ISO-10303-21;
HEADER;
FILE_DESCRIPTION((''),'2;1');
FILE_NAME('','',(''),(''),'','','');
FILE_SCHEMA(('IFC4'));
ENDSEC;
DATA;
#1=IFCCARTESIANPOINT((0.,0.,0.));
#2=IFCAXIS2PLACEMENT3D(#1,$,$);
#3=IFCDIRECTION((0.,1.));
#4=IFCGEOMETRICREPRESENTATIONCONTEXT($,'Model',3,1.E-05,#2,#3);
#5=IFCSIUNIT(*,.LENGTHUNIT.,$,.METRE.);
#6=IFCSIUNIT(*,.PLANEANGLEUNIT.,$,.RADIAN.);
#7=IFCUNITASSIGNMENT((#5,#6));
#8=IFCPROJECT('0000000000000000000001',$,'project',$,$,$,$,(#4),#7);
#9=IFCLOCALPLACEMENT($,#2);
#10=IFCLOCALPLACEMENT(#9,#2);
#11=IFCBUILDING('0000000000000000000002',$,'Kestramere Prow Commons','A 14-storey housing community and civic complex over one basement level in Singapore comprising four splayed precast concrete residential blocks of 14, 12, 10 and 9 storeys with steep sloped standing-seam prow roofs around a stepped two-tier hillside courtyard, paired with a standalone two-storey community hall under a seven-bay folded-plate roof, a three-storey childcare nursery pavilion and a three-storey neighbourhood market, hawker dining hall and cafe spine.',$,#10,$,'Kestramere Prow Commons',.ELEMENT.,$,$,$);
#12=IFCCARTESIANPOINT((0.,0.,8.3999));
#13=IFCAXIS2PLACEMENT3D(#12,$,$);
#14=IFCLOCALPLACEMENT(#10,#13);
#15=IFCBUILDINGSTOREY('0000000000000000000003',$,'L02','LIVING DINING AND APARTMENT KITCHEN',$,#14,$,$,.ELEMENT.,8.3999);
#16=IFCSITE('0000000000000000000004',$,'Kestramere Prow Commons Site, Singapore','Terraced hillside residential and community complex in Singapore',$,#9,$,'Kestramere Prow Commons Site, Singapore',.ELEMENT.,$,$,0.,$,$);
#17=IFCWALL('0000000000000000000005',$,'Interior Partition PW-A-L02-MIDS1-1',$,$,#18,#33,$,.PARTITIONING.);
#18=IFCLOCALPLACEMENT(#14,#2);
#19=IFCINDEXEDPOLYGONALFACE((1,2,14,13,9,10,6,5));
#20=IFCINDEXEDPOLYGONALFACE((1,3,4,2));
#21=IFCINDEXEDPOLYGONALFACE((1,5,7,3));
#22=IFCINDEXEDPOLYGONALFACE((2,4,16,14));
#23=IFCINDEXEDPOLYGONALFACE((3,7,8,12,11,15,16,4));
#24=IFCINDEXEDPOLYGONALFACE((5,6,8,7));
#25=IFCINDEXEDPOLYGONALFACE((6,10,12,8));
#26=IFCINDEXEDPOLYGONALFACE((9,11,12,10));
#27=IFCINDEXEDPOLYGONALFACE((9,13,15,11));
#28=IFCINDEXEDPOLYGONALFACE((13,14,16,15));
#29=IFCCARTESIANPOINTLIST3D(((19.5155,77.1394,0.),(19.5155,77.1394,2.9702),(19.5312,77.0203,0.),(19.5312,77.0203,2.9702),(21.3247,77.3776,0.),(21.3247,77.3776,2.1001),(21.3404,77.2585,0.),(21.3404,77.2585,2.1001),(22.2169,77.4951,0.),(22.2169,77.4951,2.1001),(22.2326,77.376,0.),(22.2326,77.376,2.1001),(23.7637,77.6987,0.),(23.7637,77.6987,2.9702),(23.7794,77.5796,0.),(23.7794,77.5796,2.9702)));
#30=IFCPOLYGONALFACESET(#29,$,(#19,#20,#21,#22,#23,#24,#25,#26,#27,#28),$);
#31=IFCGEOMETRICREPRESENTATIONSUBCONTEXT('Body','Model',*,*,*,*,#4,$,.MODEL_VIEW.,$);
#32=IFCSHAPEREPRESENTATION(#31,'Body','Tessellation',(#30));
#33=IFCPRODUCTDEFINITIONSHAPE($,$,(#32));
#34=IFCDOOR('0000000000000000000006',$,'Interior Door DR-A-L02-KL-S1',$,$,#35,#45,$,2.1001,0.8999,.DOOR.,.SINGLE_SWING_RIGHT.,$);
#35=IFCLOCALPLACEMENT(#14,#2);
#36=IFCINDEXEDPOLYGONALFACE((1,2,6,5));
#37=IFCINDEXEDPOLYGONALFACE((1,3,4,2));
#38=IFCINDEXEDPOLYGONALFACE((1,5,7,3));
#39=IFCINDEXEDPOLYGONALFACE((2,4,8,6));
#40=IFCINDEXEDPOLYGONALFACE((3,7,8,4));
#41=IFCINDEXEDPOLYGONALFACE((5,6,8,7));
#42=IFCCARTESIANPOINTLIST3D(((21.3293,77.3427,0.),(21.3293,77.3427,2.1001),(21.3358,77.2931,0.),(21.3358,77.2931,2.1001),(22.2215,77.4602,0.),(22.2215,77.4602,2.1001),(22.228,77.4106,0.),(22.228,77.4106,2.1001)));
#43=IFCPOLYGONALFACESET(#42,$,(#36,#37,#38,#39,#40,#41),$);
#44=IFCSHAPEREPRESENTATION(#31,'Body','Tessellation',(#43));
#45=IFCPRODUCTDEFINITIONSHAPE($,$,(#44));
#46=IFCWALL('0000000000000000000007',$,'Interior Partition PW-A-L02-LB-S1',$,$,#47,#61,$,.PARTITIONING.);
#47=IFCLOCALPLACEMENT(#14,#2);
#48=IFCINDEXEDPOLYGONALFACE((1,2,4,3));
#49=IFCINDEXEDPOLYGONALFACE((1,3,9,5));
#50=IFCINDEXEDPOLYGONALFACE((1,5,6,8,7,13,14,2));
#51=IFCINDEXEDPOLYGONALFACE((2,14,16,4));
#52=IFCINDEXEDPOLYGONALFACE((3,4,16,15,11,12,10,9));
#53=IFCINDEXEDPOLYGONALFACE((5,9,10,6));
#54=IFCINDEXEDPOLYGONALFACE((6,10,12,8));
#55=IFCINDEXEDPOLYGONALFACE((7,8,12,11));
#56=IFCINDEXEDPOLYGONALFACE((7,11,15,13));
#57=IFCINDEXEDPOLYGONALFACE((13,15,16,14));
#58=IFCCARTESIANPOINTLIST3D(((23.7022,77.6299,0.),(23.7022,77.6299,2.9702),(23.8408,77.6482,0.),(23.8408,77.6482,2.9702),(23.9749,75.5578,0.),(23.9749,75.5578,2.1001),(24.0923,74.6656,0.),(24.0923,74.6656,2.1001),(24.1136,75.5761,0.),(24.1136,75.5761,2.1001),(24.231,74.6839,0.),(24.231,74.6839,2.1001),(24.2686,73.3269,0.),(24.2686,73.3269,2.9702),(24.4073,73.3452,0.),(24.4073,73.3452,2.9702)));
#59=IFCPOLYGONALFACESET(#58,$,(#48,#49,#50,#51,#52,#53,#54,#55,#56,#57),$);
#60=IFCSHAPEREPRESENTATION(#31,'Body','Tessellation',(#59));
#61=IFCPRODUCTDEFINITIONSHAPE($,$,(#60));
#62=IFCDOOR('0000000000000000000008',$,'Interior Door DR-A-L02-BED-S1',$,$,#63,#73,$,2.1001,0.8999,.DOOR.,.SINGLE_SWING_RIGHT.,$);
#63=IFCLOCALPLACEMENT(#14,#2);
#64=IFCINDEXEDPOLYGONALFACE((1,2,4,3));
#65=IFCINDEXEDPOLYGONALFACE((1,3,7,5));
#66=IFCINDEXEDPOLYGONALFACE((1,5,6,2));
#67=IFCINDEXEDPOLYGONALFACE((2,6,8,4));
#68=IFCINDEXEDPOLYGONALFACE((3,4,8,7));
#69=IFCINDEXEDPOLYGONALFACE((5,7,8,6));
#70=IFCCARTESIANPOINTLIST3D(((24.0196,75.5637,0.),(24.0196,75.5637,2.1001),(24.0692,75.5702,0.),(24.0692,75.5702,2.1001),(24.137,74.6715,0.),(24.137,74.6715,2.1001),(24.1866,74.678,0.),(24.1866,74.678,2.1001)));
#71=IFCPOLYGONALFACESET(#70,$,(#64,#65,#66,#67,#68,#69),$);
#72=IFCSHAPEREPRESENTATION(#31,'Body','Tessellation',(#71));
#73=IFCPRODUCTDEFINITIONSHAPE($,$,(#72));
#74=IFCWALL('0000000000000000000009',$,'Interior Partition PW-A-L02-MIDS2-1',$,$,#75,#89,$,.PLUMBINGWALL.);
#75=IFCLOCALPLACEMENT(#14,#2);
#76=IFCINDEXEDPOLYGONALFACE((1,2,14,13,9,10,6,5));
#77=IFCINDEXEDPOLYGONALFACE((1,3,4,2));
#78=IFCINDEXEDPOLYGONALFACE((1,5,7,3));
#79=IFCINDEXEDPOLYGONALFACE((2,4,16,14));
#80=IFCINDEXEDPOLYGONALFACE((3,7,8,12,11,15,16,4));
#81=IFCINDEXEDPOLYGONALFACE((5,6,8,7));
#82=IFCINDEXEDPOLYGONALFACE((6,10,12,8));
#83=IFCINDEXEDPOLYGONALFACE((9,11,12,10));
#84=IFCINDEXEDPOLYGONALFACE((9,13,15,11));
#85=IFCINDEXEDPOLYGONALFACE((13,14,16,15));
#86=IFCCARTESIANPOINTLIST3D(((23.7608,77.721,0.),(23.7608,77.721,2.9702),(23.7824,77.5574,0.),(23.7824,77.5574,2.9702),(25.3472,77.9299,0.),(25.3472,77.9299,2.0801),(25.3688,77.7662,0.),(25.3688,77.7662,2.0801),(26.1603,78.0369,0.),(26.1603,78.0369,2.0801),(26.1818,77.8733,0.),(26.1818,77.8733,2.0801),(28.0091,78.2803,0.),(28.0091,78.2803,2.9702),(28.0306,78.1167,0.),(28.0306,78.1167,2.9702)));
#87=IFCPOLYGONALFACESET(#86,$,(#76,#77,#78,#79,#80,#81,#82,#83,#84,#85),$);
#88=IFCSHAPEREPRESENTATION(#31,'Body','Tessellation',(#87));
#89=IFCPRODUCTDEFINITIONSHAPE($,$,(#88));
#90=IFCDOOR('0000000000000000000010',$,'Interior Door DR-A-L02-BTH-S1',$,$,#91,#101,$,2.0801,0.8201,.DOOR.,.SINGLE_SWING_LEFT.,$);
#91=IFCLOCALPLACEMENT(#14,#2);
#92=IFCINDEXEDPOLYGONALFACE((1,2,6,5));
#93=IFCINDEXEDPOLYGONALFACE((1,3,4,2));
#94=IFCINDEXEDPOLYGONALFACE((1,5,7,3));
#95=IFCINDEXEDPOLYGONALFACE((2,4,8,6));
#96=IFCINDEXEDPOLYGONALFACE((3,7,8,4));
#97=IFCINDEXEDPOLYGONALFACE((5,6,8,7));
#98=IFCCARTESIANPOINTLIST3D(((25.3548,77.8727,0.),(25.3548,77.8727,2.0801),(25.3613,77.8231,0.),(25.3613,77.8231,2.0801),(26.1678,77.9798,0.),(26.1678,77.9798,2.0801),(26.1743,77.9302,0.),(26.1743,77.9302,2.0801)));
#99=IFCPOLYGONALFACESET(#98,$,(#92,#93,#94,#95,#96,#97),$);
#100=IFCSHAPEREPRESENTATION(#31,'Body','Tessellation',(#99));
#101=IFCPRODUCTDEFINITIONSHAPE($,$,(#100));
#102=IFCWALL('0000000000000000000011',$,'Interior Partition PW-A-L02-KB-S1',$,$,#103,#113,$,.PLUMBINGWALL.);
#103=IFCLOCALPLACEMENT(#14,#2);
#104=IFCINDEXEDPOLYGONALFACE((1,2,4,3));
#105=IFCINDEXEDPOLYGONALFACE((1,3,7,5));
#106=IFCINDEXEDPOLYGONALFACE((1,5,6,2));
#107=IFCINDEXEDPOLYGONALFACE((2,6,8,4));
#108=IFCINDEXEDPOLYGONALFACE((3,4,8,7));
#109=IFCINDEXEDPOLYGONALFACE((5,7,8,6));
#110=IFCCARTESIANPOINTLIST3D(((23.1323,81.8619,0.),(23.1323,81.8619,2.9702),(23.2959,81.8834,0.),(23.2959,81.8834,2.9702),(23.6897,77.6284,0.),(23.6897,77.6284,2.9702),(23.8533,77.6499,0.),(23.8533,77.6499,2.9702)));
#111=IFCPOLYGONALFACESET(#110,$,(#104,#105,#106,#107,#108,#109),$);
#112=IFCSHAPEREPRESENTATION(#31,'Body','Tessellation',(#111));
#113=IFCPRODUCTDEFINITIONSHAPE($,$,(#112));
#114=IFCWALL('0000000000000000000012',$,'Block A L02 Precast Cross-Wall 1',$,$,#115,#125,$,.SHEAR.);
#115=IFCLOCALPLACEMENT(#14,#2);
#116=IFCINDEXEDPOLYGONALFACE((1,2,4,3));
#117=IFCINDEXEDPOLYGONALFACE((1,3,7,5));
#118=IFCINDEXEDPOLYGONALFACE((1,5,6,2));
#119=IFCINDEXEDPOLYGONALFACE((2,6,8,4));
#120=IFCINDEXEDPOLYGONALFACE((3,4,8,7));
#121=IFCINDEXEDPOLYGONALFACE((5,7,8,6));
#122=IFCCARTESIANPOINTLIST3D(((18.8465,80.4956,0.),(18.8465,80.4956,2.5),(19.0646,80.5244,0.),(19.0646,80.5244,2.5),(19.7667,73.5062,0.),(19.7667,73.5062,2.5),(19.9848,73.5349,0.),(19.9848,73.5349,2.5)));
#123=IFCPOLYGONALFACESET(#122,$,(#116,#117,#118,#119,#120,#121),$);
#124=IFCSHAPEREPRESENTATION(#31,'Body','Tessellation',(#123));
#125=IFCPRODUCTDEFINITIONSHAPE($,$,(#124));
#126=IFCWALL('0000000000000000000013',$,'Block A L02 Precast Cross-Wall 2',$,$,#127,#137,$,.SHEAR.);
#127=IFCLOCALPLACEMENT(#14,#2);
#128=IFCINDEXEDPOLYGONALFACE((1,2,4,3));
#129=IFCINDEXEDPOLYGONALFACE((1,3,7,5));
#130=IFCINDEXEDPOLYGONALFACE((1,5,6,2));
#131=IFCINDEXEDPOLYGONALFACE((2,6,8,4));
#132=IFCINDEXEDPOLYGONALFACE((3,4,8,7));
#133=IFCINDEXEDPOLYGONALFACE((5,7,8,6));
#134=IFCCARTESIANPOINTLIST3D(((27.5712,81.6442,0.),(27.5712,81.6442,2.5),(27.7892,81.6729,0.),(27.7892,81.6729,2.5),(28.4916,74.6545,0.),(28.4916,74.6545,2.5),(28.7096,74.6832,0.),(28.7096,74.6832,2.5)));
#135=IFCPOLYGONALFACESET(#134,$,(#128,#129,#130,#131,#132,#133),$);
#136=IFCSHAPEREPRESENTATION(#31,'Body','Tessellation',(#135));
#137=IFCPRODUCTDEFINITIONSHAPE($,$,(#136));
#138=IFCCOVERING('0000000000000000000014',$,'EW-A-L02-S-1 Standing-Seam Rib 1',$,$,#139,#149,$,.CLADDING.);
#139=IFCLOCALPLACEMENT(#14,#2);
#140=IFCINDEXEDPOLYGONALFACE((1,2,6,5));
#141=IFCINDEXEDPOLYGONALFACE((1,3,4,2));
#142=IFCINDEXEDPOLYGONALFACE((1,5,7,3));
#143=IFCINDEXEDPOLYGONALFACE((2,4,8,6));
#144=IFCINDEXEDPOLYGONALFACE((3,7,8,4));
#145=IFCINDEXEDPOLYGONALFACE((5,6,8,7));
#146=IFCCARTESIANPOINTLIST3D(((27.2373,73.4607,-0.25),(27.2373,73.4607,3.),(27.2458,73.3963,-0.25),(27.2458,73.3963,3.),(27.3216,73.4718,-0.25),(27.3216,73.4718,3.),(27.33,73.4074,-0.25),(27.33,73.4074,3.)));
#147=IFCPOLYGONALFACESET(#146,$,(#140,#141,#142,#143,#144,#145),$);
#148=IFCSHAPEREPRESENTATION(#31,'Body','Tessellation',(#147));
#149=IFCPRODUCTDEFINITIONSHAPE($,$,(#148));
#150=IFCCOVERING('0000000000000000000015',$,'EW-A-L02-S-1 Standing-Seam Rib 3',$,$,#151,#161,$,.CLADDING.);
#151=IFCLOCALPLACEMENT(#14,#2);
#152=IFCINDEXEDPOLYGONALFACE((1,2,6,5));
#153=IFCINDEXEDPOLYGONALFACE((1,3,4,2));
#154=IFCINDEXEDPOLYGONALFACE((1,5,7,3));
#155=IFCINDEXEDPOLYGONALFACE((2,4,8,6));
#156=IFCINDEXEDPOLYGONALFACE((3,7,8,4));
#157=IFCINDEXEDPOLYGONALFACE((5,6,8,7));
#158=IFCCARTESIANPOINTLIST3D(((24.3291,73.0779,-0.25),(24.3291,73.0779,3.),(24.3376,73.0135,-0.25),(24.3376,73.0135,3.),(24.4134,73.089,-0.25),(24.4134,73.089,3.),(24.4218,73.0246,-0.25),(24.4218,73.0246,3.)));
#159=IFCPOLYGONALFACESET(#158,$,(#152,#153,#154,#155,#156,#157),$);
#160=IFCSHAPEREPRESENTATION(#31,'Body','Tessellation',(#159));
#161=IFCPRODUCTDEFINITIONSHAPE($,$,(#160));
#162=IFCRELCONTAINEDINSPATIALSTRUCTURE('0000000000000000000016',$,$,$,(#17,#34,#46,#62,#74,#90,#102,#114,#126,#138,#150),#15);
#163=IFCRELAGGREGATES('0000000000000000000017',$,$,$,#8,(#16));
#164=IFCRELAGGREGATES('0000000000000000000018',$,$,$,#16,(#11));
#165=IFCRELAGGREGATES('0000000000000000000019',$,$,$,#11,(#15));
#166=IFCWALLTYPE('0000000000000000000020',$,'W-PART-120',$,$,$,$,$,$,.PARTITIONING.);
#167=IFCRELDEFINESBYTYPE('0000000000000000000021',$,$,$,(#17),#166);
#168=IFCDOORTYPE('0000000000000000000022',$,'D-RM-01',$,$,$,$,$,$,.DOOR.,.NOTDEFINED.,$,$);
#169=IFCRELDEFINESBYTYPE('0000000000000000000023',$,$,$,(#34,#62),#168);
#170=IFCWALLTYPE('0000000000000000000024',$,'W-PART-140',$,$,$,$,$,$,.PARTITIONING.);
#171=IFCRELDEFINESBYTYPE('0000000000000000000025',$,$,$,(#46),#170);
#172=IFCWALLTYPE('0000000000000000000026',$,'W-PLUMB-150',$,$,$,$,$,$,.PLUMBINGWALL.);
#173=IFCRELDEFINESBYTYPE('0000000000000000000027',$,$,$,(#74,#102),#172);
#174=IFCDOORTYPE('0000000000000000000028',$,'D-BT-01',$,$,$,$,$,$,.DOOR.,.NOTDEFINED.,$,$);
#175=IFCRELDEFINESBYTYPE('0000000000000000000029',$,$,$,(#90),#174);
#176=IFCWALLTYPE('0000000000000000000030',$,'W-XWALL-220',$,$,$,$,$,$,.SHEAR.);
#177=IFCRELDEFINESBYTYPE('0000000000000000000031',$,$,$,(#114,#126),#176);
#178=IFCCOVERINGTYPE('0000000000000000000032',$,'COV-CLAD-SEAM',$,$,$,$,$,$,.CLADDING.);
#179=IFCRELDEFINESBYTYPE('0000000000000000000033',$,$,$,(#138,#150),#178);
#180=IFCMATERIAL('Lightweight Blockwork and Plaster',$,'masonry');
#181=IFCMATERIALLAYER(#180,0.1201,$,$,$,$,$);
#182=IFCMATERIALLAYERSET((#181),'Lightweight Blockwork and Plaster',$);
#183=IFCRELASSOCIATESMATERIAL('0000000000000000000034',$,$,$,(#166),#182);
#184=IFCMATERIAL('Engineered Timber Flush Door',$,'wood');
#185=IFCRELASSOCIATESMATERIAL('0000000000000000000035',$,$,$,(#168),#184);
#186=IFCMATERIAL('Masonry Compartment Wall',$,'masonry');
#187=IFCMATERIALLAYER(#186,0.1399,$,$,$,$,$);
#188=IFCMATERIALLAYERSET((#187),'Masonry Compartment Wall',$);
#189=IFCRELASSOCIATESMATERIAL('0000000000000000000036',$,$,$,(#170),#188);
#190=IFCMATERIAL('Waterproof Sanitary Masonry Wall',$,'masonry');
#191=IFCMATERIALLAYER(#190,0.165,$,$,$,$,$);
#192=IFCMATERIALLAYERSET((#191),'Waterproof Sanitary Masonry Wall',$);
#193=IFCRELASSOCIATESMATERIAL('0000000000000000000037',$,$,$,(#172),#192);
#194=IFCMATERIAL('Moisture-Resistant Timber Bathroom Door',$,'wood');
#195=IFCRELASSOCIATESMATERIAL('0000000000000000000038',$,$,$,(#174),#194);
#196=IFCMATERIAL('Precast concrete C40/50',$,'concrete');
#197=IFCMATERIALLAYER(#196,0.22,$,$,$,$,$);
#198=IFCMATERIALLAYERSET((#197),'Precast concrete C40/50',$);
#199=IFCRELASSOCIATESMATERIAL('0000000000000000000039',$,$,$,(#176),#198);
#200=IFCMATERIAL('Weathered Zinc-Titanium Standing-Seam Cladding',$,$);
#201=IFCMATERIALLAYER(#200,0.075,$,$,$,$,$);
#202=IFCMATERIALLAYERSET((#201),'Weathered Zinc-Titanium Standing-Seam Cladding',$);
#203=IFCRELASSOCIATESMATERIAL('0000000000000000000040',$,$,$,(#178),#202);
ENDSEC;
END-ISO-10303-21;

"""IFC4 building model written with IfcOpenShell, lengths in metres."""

from ifc_helpers import new_model, si_unit, direction, frame, frame_2d, origin, origin_2d, place, context, subcontext, project, spatial, rectangle, extrude, material, layer, layer_set, type_object, element, fill, save


model = new_model("IFC4")

# Units and contexts
model_context = context("Model", 3, precision=1e-05, world=origin(), true_north=direction((0.0, 1.0)))
body_context = subcontext(model_context, "Body", "Model", "MODEL_VIEW")
ifc_project = project(units=[si_unit("LENGTHUNIT", "METRE"), si_unit("PLANEANGLEUNIT", "RADIAN")], contexts=[model_context])

# Site, building, storey
site_placement = place(None, origin())
site = spatial("IfcSite", under=ifc_project, at=site_placement, Name="Kestramere Prow Commons Site, Singapore", Description="Terraced hillside residential and community complex in Singapore", LongName="Kestramere Prow Commons Site, Singapore", CompositionType="ELEMENT", RefElevation=0.0)
building_placement = place(site_placement, origin())
building = spatial("IfcBuilding", under=site, at=building_placement, Name="Kestramere Prow Commons", Description="A 14-storey housing community and civic complex over one basement level in Singapore comprising four splayed precast concrete residential blocks of 14, 12, 10 and 9 storeys with steep sloped standing-seam prow roofs around a stepped two-tier hillside courtyard, paired with a standalone two-storey community hall under a seven-bay folded-plate roof, a three-storey childcare nursery pavilion and a three-storey neighbourhood market, hawker dining hall and cafe spine.", LongName="Kestramere Prow Commons", CompositionType="ELEMENT")
storey_placement = place(building_placement, frame((0.0, 0.0, 8.3999)))
storey = spatial("IfcBuildingStorey", under=building, at=storey_placement, Name="L02", Description="LIVING DINING AND APARTMENT KITCHEN", CompositionType="ELEMENT", Elevation=8.3999)

# Shared definitions
ifc_material_1 = material(Name="Precast concrete C40/50", Category="concrete")

# Walls, openings, doors
ifc_material_2 = material(Name="Lightweight Blockwork and Plaster", Category="masonry")
ifc_layer_1 = layer(ifc_material_2, 0.1201)
ifc_layer_set_1 = layer_set([ifc_layer_1], Name="Lightweight Blockwork and Plaster")
wall_type_1 = type_object("IfcWallType", Name="W-PART-120", PredefinedType="PARTITIONING", material=ifc_layer_set_1)
wall_1_placement = place(storey_placement, frame((19.5232, 77.0798, 0.0), z_axis=(0.0, 0.0, 1.0), x_axis=(0.991444, 0.130533, 0.0)))
wall_1 = element("IfcWall", 1, at=wall_1_placement, inside=storey, type_object=wall_type_1, Name="Interior Partition PW-A-L02-MIDS1-1", PredefinedType="PARTITIONING", context=body_context, shape_type="SweptSolid", body=[
    extrude(rectangle(XDim=4.2849, YDim=0.1201, at=frame_2d((2.1426, 0.0))), origin(), (0.0, 0.0, 1.0), 2.9702),
])
opening_1_placement = place(wall_1_placement, frame((1.825, 0.0, 0.0)))
opening_1 = element("IfcOpeningElement", 2, at=opening_1_placement, cuts=wall_1, PredefinedType="OPENING", context=body_context, shape_type="SweptSolid", body=[
    extrude(rectangle(XDim=0.8999, YDim=2.1001, at=frame_2d((0.45, 1.05))), frame((0.0, 0.075, 0.0), z_axis=(0.0, -1.0, 0.0), x_axis=(1.0, 0.0, 0.0)), (0.0, 0.0, 1.0), 0.1501),
])
ifc_material_3 = material(Name="Engineered Timber Flush Door", Category="wood")
door_type_1 = type_object("IfcDoorType", Name="D-RM-01", OperationType="NOTDEFINED", PredefinedType="DOOR", material=ifc_material_3)
door_1_placement = place(opening_1_placement, origin())
door_1 = element("IfcDoor", 3, at=door_1_placement, inside=storey, type_object=door_type_1, Name="Interior Door DR-A-L02-KL-S1", OperationType="SINGLE_SWING_RIGHT", OverallHeight=2.1001, OverallWidth=0.8999, PredefinedType="DOOR", context=body_context, shape_type="SweptSolid", body=[
    extrude(rectangle(XDim=0.8999, YDim=2.1001, at=frame_2d((0.45, 1.05))), frame((0.0, 0.0249, 0.0), z_axis=(0.0, -1.0, 0.0), x_axis=(1.0, 0.0, 0.0)), (0.0, 0.0, 1.0), 0.05),
])
fill(opening_1, door_1)
ifc_material_4 = material(Name="Masonry Compartment Wall", Category="masonry")
ifc_layer_2 = layer(ifc_material_4, 0.1399)
ifc_layer_set_2 = layer_set([ifc_layer_2], Name="Masonry Compartment Wall")
wall_type_2 = type_object("IfcWallType", Name="W-PART-140", PredefinedType="PARTITIONING", material=ifc_layer_set_2)
wall_2_placement = place(storey_placement, frame((24.3379, 73.3362, 0.0), z_axis=(0.0, 0.0, 1.0), x_axis=(-0.130505, 0.991448, 0.0)))
wall_2 = element("IfcWall", 4, at=wall_2_placement, inside=storey, type_object=wall_type_2, Name="Interior Partition PW-A-L02-LB-S1", PredefinedType="PARTITIONING", context=body_context, shape_type="SweptSolid", body=[
    extrude(rectangle(XDim=4.3401, YDim=0.1399, at=frame_2d((2.1699, 0.0))), origin(), (0.0, 0.0, 1.0), 2.9702),
])
opening_2_placement = place(wall_2_placement, frame((1.3501, 0.0, 0.0)))
opening_2 = element("IfcOpeningElement", 5, at=opening_2_placement, cuts=wall_2, PredefinedType="OPENING", context=body_context, shape_type="SweptSolid", body=[
    extrude(rectangle(XDim=0.8999, YDim=2.1001, at=frame_2d((0.45, 1.05))), frame((0.0, 0.085, 0.0), z_axis=(0.0, -1.0, 0.0), x_axis=(1.0, 0.0, 0.0)), (0.0, 0.0, 1.0), 0.1699),
])
door_2_placement = place(opening_2_placement, origin())
door_2 = element("IfcDoor", 6, at=door_2_placement, inside=storey, type_object=door_type_1, Name="Interior Door DR-A-L02-BED-S1", OperationType="SINGLE_SWING_RIGHT", OverallHeight=2.1001, OverallWidth=0.8999, PredefinedType="DOOR", context=body_context, shape_type="SweptSolid", body=[
    extrude(rectangle(XDim=0.8999, YDim=2.1001, at=frame_2d((0.45, 1.05))), frame((0.0, 0.0249, 0.0), z_axis=(0.0, -1.0, 0.0), x_axis=(1.0, 0.0, 0.0)), (0.0, 0.0, 1.0), 0.05),
])
fill(opening_2, door_2)
ifc_material_5 = material(Name="Waterproof Sanitary Masonry Wall", Category="masonry")
ifc_layer_3 = layer(ifc_material_5, 0.165)
ifc_layer_set_3 = layer_set([ifc_layer_3], Name="Waterproof Sanitary Masonry Wall")
wall_type_3 = type_object("IfcWallType", Name="W-PLUMB-150", PredefinedType="PLUMBINGWALL", material=ifc_layer_set_3)
wall_3_placement = place(storey_placement, frame((23.7715, 77.6392, 0.0), z_axis=(0.0, 0.0, 1.0), x_axis=(0.991444, 0.130533, 0.0)))
wall_3 = element("IfcWall", 7, at=wall_3_placement, inside=storey, type_object=wall_type_3, Name="Interior Partition PW-A-L02-MIDS2-1", PredefinedType="PLUMBINGWALL", context=body_context, shape_type="SweptSolid", body=[
    extrude(rectangle(XDim=4.2849, YDim=0.165, at=frame_2d((2.1426, 0.0))), origin(), (0.0, 0.0, 1.0), 2.9702),
])
opening_3_placement = place(wall_3_placement, frame((1.6001, 0.0, 0.0)))
opening_3 = element("IfcOpeningElement", 8, at=opening_3_placement, cuts=wall_3, PredefinedType="OPENING", context=body_context, shape_type="SweptSolid", body=[
    extrude(rectangle(XDim=0.8201, YDim=2.0801, at=frame_2d((0.4102, 1.04))), frame((0.0, 0.0974, 0.0), z_axis=(0.0, -1.0, 0.0), x_axis=(1.0, 0.0, 0.0)), (0.0, 0.0, 1.0), 0.1951),
])
ifc_material_6 = material(Name="Moisture-Resistant Timber Bathroom Door", Category="wood")
door_type_2 = type_object("IfcDoorType", Name="D-BT-01", OperationType="NOTDEFINED", PredefinedType="DOOR", material=ifc_material_6)
door_3_placement = place(opening_3_placement, origin())
door_3 = element("IfcDoor", 9, at=door_3_placement, inside=storey, type_object=door_type_2, Name="Interior Door DR-A-L02-BTH-S1", OperationType="SINGLE_SWING_LEFT", OverallHeight=2.0801, OverallWidth=0.8201, PredefinedType="DOOR", context=body_context, shape_type="SweptSolid", body=[
    extrude(rectangle(XDim=0.8201, YDim=2.0801, at=frame_2d((0.4102, 1.04))), frame((0.0, 0.0249, 0.0), z_axis=(0.0, -1.0, 0.0), x_axis=(1.0, 0.0, 0.0)), (0.0, 0.0, 1.0), 0.05),
])
fill(opening_3, door_3)

# Walls
wall_4_placement = place(storey_placement, frame((23.7715, 77.6392, 0.0), z_axis=(0.0, 0.0, 1.0), x_axis=(-0.130534, 0.991444, 0.0)))
element("IfcWall", 10, at=wall_4_placement, inside=storey, type_object=wall_type_3, Name="Interior Partition PW-A-L02-KB-S1", PredefinedType="PLUMBINGWALL", context=body_context, shape_type="SweptSolid", body=[
    extrude(rectangle(XDim=4.27, YDim=0.165, at=frame_2d((2.135, 0.0))), origin(), (0.0, 0.0, 1.0), 2.9702),
])
ifc_layer_4 = layer(ifc_material_1, 0.22)
ifc_layer_set_4 = layer_set([ifc_layer_4], Name="Precast concrete C40/50")
wall_type_4 = type_object("IfcWallType", Name="W-XWALL-220", PredefinedType="SHEAR", material=ifc_layer_set_4)
wall_5_placement = place(storey_placement, frame((19.8757, 73.5205, 0.0), z_axis=(0.0, 0.0, 1.0), x_axis=(-0.130523, 0.991445, 0.0)))
element("IfcWall", 11, at=wall_5_placement, inside=storey, type_object=wall_type_4, Name="Block A L02 Precast Cross-Wall 1", PredefinedType="SHEAR", context=body_context, shape_type="SweptSolid", body=[
    extrude(rectangle(XDim=7.0498, YDim=0.22, at=frame_2d((3.5249, 0.0))), origin(), (0.0, 0.0, 1.0), 2.5),
])
wall_6_placement = place(storey_placement, frame((28.6006, 74.6689, 0.0), z_axis=(0.0, 0.0, 1.0), x_axis=(-0.130553, 0.991441, 0.0)))
element("IfcWall", 12, at=wall_6_placement, inside=storey, type_object=wall_type_4, Name="Block A L02 Precast Cross-Wall 2", PredefinedType="SHEAR", context=body_context, shape_type="SweptSolid", body=[
    extrude(rectangle(XDim=7.05, YDim=0.22, at=frame_2d((3.5249, 0.0))), origin(), (0.0, 0.0, 1.0), 2.5),
])

# Coverings
ifc_material_7 = material(Name="Weathered Zinc-Titanium Standing-Seam Cladding")
ifc_layer_5 = layer(ifc_material_7, 0.075)
ifc_layer_set_5 = layer_set([ifc_layer_5], Name="Weathered Zinc-Titanium Standing-Seam Cladding")
covering_type = type_object("IfcCoveringType", Name="COV-CLAD-SEAM", PredefinedType="CLADDING", material=ifc_layer_set_5)
for number, where, z_axis, x_axis, name in (
    (13, (27.2837, 73.4341, -0.25), (0.0, 0.0, 1.0), (-0.991445, -0.130526, 0.0), "EW-A-L02-S-1 Standing-Seam Rib 1"),
    (14, (24.3755, 73.0513, -0.25), (0.0, 0.0, 1.0), (-0.991445, -0.130526, 0.0), "EW-A-L02-S-1 Standing-Seam Rib 3"),
):
    element("IfcCovering", number, at=place(storey_placement, frame(where, z_axis=z_axis, x_axis=x_axis)), inside=storey, type_object=covering_type, Name=name, PredefinedType="CLADDING", context=body_context, shape_type="SweptSolid", body=[
        extrude(rectangle(XDim=0.085, YDim=0.0649, at=origin_2d()), origin(), (0.0, 0.0, 1.0), 3.25),
    ])

save(model, "model.ifc")
